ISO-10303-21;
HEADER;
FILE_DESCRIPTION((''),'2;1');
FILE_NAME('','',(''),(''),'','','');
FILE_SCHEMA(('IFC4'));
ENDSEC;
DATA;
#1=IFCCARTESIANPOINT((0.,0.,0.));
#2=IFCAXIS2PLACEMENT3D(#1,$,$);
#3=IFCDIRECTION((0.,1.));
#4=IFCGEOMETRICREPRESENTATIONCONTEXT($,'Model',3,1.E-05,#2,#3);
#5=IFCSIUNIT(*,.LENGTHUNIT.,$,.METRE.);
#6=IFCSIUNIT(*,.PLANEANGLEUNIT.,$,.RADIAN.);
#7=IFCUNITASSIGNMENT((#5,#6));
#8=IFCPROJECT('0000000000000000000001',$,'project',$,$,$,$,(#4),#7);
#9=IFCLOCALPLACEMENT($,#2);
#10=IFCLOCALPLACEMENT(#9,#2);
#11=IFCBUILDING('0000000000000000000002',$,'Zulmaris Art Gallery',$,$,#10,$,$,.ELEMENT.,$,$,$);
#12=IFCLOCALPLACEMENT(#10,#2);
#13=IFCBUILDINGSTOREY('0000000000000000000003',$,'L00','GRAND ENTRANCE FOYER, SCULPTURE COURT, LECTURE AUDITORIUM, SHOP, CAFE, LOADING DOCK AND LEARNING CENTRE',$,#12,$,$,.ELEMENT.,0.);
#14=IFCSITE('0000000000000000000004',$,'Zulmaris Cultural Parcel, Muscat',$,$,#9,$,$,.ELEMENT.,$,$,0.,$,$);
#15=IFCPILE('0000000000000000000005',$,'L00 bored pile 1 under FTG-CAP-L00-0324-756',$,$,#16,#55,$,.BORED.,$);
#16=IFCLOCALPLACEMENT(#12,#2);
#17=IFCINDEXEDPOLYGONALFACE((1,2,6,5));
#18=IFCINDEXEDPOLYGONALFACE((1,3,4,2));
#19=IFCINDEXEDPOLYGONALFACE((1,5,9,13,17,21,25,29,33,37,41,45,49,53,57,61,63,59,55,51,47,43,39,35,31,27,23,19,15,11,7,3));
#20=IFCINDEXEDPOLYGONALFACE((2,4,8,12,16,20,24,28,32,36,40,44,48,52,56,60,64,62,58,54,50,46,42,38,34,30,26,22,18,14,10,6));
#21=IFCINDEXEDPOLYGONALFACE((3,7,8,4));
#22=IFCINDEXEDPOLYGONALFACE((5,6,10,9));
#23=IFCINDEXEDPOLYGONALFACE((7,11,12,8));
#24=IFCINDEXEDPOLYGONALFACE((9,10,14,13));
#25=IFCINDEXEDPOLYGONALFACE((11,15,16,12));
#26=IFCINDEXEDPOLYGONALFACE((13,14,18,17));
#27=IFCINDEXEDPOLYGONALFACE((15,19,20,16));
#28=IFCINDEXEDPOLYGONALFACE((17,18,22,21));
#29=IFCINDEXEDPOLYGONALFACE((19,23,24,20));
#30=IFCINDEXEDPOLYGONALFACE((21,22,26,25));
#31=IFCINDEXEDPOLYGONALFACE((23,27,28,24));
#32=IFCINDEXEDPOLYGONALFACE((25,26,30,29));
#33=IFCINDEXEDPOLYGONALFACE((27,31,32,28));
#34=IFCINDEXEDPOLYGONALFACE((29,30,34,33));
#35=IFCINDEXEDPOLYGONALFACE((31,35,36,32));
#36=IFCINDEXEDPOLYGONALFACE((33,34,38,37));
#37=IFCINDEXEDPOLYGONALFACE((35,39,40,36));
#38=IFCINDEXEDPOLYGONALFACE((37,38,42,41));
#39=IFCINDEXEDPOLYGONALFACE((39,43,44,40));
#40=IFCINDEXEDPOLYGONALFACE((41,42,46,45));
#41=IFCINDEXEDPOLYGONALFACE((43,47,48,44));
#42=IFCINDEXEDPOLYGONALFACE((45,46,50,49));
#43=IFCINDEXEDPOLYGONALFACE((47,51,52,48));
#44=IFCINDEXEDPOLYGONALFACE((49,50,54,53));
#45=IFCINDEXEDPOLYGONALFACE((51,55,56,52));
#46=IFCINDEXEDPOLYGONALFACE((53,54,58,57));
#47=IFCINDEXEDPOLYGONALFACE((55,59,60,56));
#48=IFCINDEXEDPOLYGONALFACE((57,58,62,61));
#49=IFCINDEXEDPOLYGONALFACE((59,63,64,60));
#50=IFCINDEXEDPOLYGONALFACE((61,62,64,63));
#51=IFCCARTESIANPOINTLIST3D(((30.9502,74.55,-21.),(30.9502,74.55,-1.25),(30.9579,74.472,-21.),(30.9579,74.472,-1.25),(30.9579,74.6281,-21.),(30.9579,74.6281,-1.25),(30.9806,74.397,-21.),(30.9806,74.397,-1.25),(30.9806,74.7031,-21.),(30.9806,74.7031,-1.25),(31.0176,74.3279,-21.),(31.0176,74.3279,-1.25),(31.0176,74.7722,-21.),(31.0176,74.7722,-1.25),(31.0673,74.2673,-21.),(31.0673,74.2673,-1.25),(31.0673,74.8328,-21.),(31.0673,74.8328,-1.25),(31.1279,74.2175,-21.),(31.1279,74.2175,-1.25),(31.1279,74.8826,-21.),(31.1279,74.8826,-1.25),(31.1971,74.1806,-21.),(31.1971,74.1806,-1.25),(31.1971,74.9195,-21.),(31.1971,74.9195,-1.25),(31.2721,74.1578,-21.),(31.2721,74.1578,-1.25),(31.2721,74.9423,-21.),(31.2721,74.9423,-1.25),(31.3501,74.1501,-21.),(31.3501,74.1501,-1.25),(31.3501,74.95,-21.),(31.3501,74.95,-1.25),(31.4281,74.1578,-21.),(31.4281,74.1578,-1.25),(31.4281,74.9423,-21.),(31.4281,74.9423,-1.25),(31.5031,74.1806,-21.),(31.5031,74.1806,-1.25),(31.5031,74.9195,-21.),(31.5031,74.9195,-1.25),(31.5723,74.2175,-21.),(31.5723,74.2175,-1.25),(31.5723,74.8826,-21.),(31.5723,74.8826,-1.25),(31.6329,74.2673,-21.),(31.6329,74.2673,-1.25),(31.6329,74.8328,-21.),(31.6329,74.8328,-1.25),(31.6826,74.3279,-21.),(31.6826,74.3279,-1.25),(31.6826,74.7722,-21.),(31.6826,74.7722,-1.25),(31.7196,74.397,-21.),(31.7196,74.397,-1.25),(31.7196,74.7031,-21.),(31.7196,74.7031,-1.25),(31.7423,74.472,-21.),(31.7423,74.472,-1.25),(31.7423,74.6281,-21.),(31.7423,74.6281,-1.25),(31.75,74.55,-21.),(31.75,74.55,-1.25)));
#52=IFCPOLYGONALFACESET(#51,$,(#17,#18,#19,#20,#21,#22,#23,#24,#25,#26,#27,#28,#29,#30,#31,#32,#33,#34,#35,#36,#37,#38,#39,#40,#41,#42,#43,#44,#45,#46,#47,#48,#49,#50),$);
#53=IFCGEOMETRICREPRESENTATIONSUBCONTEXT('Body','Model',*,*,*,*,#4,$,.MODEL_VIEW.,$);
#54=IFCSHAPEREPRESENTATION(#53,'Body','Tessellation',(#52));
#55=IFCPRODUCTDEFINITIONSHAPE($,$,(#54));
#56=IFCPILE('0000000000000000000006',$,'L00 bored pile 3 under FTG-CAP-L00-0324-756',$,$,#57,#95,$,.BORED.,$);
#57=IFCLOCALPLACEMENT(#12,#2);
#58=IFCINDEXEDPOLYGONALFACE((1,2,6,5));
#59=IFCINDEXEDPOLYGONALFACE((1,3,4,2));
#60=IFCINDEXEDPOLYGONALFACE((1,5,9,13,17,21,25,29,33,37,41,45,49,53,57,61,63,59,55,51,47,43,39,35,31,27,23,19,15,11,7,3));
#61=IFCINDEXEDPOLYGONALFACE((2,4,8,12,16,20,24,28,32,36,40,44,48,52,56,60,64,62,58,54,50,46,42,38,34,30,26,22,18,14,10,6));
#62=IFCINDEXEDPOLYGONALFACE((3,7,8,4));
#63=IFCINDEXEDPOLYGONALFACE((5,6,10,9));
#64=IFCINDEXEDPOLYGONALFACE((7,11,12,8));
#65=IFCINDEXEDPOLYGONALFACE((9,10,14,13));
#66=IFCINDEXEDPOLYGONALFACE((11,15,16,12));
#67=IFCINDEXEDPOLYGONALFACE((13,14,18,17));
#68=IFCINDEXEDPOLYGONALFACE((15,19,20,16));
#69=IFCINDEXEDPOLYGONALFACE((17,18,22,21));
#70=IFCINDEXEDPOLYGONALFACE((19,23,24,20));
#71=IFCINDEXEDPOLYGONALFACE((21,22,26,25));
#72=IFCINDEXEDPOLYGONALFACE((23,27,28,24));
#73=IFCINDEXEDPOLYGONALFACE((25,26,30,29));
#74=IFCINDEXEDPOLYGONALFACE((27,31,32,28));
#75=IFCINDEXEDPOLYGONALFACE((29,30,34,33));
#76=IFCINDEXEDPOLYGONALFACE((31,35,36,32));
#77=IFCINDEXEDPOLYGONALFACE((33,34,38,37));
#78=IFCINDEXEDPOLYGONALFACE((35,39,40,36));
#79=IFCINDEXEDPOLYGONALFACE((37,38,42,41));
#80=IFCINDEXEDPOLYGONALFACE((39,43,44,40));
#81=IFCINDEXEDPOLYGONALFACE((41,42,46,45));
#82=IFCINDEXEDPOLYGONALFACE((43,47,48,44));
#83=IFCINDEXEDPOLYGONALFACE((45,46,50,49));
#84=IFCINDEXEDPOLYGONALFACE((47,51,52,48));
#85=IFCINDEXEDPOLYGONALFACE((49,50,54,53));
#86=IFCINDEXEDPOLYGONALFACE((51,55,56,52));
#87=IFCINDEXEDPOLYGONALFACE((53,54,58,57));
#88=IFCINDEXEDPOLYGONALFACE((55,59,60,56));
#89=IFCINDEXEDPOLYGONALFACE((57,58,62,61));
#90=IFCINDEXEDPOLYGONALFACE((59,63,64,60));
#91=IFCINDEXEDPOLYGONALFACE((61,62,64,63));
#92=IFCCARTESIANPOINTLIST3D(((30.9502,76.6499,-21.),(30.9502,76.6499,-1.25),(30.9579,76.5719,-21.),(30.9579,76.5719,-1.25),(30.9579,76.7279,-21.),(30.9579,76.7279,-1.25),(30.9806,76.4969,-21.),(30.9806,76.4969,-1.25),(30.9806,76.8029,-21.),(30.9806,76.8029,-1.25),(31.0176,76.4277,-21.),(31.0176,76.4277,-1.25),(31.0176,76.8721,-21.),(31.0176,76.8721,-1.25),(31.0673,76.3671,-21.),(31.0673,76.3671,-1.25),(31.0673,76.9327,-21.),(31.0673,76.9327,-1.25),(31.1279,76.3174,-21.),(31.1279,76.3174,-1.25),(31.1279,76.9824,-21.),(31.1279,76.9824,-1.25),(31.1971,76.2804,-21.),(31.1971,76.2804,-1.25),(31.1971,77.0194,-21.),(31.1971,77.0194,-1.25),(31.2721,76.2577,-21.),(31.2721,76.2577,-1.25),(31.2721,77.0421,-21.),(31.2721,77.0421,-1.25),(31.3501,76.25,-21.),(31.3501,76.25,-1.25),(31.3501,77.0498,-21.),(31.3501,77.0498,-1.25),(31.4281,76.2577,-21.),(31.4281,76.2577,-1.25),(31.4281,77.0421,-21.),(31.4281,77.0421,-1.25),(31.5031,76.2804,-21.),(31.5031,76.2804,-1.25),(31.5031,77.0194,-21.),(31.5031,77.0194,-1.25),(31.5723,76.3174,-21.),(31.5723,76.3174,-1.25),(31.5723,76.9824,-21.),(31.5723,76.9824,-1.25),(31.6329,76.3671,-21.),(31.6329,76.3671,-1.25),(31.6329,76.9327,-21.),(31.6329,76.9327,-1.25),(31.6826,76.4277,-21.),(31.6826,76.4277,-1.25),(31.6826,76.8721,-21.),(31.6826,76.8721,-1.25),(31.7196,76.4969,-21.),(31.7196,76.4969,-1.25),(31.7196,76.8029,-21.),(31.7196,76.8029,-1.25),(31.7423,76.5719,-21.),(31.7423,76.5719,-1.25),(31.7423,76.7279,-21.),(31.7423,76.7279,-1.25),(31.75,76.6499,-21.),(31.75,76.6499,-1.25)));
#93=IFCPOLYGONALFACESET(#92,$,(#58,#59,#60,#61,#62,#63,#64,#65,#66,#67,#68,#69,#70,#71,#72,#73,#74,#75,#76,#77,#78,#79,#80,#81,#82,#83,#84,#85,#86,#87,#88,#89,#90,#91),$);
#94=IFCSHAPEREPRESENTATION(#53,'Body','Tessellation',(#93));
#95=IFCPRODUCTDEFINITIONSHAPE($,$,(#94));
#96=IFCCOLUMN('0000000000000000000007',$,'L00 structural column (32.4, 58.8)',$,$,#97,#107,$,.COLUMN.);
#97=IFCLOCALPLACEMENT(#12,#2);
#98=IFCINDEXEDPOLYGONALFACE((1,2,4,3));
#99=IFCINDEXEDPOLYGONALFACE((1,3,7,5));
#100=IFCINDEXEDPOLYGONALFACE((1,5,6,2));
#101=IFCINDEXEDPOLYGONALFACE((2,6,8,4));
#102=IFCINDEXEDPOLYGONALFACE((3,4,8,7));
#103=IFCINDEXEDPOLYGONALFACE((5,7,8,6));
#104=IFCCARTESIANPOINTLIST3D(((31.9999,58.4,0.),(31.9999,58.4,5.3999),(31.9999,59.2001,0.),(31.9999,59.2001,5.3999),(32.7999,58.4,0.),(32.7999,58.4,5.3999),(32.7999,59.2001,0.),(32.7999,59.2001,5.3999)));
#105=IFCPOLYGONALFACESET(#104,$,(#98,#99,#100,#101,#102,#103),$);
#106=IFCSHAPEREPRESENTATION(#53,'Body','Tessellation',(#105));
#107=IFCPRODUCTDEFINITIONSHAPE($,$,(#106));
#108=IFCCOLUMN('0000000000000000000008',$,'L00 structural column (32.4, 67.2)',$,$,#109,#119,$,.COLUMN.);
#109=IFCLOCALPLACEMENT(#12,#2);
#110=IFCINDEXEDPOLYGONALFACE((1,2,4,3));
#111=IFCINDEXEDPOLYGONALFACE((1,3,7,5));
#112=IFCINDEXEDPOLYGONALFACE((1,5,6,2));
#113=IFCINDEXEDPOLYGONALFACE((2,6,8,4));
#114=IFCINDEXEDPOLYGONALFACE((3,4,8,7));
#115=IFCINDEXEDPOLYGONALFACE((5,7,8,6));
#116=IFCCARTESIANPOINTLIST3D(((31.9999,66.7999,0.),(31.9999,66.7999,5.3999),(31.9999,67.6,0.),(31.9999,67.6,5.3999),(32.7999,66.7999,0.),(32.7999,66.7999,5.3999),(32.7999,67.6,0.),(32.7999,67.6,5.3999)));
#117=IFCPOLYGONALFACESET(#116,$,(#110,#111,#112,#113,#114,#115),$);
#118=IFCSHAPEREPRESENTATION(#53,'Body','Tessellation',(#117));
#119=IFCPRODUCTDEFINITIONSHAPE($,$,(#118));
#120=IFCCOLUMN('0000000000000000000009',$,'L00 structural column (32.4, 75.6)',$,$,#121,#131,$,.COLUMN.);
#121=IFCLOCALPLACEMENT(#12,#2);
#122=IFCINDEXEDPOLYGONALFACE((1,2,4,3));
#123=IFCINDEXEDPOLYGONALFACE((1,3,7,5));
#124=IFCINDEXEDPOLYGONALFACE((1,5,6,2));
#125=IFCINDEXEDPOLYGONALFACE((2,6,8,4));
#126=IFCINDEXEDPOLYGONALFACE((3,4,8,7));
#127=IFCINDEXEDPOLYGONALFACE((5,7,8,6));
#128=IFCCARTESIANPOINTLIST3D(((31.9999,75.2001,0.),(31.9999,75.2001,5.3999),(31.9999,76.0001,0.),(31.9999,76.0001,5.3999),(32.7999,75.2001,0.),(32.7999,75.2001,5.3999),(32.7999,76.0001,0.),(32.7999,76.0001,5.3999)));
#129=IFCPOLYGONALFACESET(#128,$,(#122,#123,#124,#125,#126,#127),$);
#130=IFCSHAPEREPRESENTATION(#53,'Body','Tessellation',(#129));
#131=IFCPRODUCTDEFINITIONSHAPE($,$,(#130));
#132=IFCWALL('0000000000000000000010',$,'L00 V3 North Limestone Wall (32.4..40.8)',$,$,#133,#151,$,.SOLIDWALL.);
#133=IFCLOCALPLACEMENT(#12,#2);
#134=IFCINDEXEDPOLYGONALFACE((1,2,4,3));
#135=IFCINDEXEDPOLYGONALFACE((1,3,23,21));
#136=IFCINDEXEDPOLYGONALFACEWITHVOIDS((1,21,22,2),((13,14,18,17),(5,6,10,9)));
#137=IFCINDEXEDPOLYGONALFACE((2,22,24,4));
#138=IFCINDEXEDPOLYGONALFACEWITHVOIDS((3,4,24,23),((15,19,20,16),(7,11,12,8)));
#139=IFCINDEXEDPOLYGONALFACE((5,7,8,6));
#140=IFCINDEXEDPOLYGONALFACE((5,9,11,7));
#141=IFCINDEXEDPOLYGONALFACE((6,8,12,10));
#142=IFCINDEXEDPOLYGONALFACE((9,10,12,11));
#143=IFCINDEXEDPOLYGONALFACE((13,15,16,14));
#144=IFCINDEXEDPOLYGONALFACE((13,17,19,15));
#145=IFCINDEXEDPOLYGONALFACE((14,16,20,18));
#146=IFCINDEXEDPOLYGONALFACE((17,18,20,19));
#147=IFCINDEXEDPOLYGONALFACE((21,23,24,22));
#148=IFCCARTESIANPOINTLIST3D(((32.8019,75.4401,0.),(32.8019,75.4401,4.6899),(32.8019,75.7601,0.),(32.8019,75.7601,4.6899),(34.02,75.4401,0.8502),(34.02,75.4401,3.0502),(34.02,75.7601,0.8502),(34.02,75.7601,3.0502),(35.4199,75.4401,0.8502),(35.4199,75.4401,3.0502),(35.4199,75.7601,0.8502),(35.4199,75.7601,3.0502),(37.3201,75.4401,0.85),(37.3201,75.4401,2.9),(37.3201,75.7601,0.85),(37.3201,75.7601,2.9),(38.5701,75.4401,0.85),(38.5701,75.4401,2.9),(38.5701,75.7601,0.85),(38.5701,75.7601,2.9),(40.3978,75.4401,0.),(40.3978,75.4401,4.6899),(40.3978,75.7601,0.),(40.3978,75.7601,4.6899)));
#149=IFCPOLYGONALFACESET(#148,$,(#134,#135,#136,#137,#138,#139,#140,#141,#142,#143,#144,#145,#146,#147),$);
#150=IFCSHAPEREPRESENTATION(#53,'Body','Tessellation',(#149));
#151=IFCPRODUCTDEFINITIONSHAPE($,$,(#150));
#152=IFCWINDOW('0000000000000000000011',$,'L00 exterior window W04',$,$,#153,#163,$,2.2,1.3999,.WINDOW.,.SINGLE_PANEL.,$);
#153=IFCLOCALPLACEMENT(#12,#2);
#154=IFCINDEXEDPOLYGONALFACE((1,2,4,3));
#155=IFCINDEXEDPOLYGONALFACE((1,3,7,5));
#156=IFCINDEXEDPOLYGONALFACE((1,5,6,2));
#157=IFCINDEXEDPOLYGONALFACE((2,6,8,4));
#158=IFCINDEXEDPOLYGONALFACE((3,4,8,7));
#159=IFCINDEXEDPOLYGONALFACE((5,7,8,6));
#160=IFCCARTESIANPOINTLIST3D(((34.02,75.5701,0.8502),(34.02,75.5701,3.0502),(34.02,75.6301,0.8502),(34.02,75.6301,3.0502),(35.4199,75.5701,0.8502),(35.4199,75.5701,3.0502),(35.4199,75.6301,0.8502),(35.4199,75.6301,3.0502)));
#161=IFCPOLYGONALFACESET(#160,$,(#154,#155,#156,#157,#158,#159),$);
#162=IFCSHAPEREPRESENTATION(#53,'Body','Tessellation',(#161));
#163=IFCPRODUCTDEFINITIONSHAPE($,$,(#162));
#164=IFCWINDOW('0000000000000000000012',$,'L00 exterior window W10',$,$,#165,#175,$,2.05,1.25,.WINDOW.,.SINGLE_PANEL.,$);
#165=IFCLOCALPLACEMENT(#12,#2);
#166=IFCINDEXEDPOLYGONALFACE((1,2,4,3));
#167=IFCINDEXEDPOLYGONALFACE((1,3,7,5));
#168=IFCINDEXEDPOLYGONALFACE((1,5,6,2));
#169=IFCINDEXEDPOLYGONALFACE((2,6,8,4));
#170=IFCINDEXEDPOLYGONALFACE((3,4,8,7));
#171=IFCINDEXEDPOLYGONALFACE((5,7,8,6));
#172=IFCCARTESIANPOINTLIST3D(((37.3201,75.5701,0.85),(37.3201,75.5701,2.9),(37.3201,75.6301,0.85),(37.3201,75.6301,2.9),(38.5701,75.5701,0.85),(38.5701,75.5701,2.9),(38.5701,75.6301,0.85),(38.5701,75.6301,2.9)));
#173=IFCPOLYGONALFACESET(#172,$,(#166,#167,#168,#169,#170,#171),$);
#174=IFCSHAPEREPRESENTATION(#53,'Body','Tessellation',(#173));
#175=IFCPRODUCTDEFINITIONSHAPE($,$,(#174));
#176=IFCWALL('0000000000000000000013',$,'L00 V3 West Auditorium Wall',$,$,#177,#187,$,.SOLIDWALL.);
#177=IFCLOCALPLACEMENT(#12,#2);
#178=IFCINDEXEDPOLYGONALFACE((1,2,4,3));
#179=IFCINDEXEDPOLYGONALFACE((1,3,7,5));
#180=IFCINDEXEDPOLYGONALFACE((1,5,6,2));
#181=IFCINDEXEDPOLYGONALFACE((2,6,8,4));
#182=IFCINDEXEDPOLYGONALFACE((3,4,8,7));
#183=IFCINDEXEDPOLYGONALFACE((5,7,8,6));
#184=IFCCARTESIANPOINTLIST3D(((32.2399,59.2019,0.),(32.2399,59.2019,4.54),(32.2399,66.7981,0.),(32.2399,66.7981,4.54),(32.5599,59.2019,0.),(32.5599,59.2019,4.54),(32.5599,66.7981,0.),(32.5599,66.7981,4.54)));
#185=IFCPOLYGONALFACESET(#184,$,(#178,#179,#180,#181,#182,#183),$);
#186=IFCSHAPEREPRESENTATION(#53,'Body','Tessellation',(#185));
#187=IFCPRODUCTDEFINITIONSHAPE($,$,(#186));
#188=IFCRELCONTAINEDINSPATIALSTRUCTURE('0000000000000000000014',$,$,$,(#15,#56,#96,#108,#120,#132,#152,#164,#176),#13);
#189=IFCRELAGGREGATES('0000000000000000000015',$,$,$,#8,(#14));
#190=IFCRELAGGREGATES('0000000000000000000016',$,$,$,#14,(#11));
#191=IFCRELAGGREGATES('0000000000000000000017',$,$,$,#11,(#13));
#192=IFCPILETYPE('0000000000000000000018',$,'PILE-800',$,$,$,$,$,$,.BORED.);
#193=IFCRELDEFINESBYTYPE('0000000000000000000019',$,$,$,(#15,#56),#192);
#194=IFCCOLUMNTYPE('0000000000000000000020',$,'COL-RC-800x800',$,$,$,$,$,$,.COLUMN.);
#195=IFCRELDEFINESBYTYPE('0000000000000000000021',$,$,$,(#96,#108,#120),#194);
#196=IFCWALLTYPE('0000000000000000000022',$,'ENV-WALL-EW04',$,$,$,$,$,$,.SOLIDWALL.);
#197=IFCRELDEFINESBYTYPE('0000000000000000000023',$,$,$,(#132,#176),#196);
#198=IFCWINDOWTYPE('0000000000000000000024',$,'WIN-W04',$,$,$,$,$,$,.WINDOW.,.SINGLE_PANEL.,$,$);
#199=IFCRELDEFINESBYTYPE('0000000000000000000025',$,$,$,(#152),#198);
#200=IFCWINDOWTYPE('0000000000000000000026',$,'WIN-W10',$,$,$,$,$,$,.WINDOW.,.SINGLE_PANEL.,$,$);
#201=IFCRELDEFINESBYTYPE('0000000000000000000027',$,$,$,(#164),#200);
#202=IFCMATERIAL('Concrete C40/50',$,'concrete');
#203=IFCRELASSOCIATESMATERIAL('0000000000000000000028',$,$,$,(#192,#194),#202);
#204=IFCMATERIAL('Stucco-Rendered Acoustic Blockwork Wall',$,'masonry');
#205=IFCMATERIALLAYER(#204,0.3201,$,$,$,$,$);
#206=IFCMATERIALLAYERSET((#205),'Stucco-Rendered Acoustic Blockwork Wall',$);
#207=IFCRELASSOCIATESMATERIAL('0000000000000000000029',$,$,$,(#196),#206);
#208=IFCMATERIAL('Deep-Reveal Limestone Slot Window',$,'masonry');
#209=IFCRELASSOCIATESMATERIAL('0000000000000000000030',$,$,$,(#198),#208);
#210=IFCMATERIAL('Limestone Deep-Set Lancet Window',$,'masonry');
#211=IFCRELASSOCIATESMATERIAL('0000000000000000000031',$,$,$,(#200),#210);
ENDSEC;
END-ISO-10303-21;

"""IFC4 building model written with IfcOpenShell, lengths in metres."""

from ifc_helpers import new_model, si_unit, direction, frame, frame_2d, origin, origin_2d, place, context, subcontext, project, spatial, rectangle, circle, extrude, material, layer, layer_set, material_profile, profile_set, type_object, element, fill, save


model = new_model("IFC4")

# Units and contexts
model_context = context("Model", 3, precision=1e-05, world=origin(), true_north=direction((0.0, 1.0)))
body_context = subcontext(model_context, "Body", "Model", "MODEL_VIEW")
ifc_project = project(units=[si_unit("LENGTHUNIT", "METRE"), si_unit("PLANEANGLEUNIT", "RADIAN")], contexts=[model_context])

# Site, building, storey
site_placement = place(None, origin())
site = spatial("IfcSite", under=ifc_project, at=site_placement, Name="Zulmaris Cultural Parcel, Muscat", CompositionType="ELEMENT", RefElevation=0.0)
building_placement = place(site_placement, origin())
building = spatial("IfcBuilding", under=site, at=building_placement, Name="Zulmaris Art Gallery", CompositionType="ELEMENT")
storey_placement = place(building_placement, origin())
storey = spatial("IfcBuildingStorey", under=building, at=storey_placement, Name="L00", Description="GRAND ENTRANCE FOYER, SCULPTURE COURT, LECTURE AUDITORIUM, SHOP, CAFE, LOADING DOCK AND LEARNING CENTRE", CompositionType="ELEMENT", Elevation=0.0)

# Piles
ifc_material_1 = material(Name="Concrete C40/50", Category="concrete")
ifc_material_profile_1 = material_profile(ifc_material_1, circle(Radius=0.3999, at=origin_2d()), Name="PILE DIA 800")
ifc_profile_set_1 = profile_set([ifc_material_profile_1], Name="Concrete C40/50")
pile_type = type_object("IfcPileType", Name="PILE-800", PredefinedType="BORED", material=ifc_profile_set_1)
for number, where, z_axis, x_axis, name in (
    (1, (31.3501, 74.55, -1.25), (0.0, 0.0, -1.0), (1.0, 0.0, 0.0), "L00 bored pile 1 under FTG-CAP-L00-0324-756"),
    (2, (31.3501, 76.6499, -1.25), (0.0, 0.0, -1.0), (1.0, 0.0, 0.0), "L00 bored pile 3 under FTG-CAP-L00-0324-756"),
):
    element("IfcPile", number, at=place(storey_placement, frame(where, z_axis=z_axis, x_axis=x_axis)), inside=storey, type_object=pile_type, Name=name, PredefinedType="BORED", context=body_context, shape_type="SweptSolid", body=[
        extrude(circle(Radius=0.3999, at=origin_2d()), origin(), (0.0, 0.0, 1.0), 19.75),
    ])

# Columns
ifc_material_profile_2 = material_profile(ifc_material_1, rectangle(XDim=0.8, YDim=0.8, at=origin_2d()), Name="RC 800x800")
ifc_profile_set_2 = profile_set([ifc_material_profile_2], Name="Concrete C40/50")
column_type = type_object("IfcColumnType", Name="COL-RC-800x800", PredefinedType="COLUMN", material=ifc_profile_set_2)
for number, where, z_axis, x_axis, name in (
    (3, (32.3999, 58.8, 0.0), (0.0, 0.0, 1.0), (1.0, 0.0, 0.0), "L00 structural column (32.4, 58.8)"),
    (4, (32.3999, 67.2, 0.0), (0.0, 0.0, 1.0), (1.0, 0.0, 0.0), "L00 structural column (32.4, 67.2)"),
    (5, (32.3999, 75.6001, 0.0), (0.0, 0.0, 1.0), (1.0, 0.0, 0.0), "L00 structural column (32.4, 75.6)"),
):
    element("IfcColumn", number, at=place(storey_placement, frame(where, z_axis=z_axis, x_axis=x_axis)), inside=storey, type_object=column_type, Name=name, PredefinedType="COLUMN", context=body_context, shape_type="SweptSolid", body=[
        extrude(rectangle(XDim=0.8, YDim=0.8, at=origin_2d()), origin(), (0.0, 0.0, 1.0), 5.3999),
    ])

# Wall, openings, windows
ifc_material_2 = material(Name="Stucco-Rendered Acoustic Blockwork Wall", Category="masonry")
ifc_layer_1 = layer(ifc_material_2, 0.3201)
ifc_layer_set_1 = layer_set([ifc_layer_1], Name="Stucco-Rendered Acoustic Blockwork Wall")
wall_type_1 = type_object("IfcWallType", Name="ENV-WALL-EW04", PredefinedType="SOLIDWALL", material=ifc_layer_set_1)
wall_1_placement = place(storey_placement, frame((32.802, 75.6001, 0.0), z_axis=(0.0, 0.0, 1.0), x_axis=(1.0, 0.0, 0.0)))
wall_1 = element("IfcWall", 6, at=wall_1_placement, inside=storey, type_object=wall_type_1, Name="L00 V3 North Limestone Wall (32.4..40.8)", PredefinedType="SOLIDWALL", context=body_context, shape_type="SweptSolid", body=[
    extrude(rectangle(XDim=7.5959, YDim=0.3201, at=frame_2d((3.7979, 0.0))), origin(), (0.0, 0.0, 1.0), 4.6899),
])
opening_1_placement = place(wall_1_placement, frame((1.218, 0.0, 0.8501)))
opening_1 = element("IfcOpeningElement", 7, at=opening_1_placement, cuts=wall_1, PredefinedType="OPENING", context=body_context, shape_type="SweptSolid", body=[
    extrude(rectangle(XDim=1.3999, YDim=2.2, at=frame_2d((0.7, 1.1001))), frame((0.0, 0.1699, 0.0), z_axis=(0.0, -1.0, 0.0), x_axis=(1.0, 0.0, 0.0)), (0.0, 0.0, 1.0), 0.3401),
])
opening_2_placement = place(wall_1_placement, frame((4.5181, 0.0, 0.8501)))
opening_2 = element("IfcOpeningElement", 8, at=opening_2_placement, cuts=wall_1, PredefinedType="OPENING", context=body_context, shape_type="SweptSolid", body=[
    extrude(rectangle(XDim=1.25, YDim=2.05, at=frame_2d((0.625, 1.0249))), frame((0.0, 0.1699, 0.0), z_axis=(0.0, -1.0, 0.0), x_axis=(1.0, 0.0, 0.0)), (0.0, 0.0, 1.0), 0.3401),
])
ifc_material_3 = material(Name="Deep-Reveal Limestone Slot Window", Category="masonry")
window_type_1 = type_object("IfcWindowType", Name="WIN-W04", PartitioningType="SINGLE_PANEL", PredefinedType="WINDOW", material=ifc_material_3)
window_1_placement = place(opening_1_placement, origin())
window_1 = element("IfcWindow", 9, at=window_1_placement, inside=storey, type_object=window_type_1, Name="L00 exterior window W04", OverallHeight=2.2, OverallWidth=1.3999, PartitioningType="SINGLE_PANEL", PredefinedType="WINDOW", context=body_context, shape_type="SweptSolid", body=[
    extrude(rectangle(XDim=1.3999, YDim=2.2, at=frame_2d((0.7, 1.1001))), frame((0.0, 0.03, 0.0), z_axis=(0.0, -1.0, 0.0), x_axis=(1.0, 0.0, 0.0)), (0.0, 0.0, 1.0), 0.0601),
])
fill(opening_1, window_1)
ifc_material_4 = material(Name="Limestone Deep-Set Lancet Window", Category="masonry")
window_type_2 = type_object("IfcWindowType", Name="WIN-W10", PartitioningType="SINGLE_PANEL", PredefinedType="WINDOW", material=ifc_material_4)
window_2_placement = place(opening_2_placement, origin())
window_2 = element("IfcWindow", 10, at=window_2_placement, inside=storey, type_object=window_type_2, Name="L00 exterior window W10", OverallHeight=2.05, OverallWidth=1.25, PartitioningType="SINGLE_PANEL", PredefinedType="WINDOW", context=body_context, shape_type="SweptSolid", body=[
    extrude(rectangle(XDim=1.25, YDim=2.05, at=frame_2d((0.625, 1.0249))), frame((0.0, 0.03, 0.0), z_axis=(0.0, -1.0, 0.0), x_axis=(1.0, 0.0, 0.0)), (0.0, 0.0, 1.0), 0.0601),
])
fill(opening_2, window_2)

# Wall
wall_2_placement = place(storey_placement, frame((32.3999, 59.2019, 0.0), z_axis=(0.0, 0.0, 1.0), x_axis=(0.0, 1.0, 0.0)))
element("IfcWall", 11, at=wall_2_placement, inside=storey, type_object=wall_type_1, Name="L00 V3 West Auditorium Wall", PredefinedType="SOLIDWALL", context=body_context, shape_type="SweptSolid", body=[
    extrude(rectangle(XDim=7.5962, YDim=0.3201, at=frame_2d((3.7981, 0.0))), origin(), (0.0, 0.0, 1.0), 4.54),
])

save(model, "model.ifc")
